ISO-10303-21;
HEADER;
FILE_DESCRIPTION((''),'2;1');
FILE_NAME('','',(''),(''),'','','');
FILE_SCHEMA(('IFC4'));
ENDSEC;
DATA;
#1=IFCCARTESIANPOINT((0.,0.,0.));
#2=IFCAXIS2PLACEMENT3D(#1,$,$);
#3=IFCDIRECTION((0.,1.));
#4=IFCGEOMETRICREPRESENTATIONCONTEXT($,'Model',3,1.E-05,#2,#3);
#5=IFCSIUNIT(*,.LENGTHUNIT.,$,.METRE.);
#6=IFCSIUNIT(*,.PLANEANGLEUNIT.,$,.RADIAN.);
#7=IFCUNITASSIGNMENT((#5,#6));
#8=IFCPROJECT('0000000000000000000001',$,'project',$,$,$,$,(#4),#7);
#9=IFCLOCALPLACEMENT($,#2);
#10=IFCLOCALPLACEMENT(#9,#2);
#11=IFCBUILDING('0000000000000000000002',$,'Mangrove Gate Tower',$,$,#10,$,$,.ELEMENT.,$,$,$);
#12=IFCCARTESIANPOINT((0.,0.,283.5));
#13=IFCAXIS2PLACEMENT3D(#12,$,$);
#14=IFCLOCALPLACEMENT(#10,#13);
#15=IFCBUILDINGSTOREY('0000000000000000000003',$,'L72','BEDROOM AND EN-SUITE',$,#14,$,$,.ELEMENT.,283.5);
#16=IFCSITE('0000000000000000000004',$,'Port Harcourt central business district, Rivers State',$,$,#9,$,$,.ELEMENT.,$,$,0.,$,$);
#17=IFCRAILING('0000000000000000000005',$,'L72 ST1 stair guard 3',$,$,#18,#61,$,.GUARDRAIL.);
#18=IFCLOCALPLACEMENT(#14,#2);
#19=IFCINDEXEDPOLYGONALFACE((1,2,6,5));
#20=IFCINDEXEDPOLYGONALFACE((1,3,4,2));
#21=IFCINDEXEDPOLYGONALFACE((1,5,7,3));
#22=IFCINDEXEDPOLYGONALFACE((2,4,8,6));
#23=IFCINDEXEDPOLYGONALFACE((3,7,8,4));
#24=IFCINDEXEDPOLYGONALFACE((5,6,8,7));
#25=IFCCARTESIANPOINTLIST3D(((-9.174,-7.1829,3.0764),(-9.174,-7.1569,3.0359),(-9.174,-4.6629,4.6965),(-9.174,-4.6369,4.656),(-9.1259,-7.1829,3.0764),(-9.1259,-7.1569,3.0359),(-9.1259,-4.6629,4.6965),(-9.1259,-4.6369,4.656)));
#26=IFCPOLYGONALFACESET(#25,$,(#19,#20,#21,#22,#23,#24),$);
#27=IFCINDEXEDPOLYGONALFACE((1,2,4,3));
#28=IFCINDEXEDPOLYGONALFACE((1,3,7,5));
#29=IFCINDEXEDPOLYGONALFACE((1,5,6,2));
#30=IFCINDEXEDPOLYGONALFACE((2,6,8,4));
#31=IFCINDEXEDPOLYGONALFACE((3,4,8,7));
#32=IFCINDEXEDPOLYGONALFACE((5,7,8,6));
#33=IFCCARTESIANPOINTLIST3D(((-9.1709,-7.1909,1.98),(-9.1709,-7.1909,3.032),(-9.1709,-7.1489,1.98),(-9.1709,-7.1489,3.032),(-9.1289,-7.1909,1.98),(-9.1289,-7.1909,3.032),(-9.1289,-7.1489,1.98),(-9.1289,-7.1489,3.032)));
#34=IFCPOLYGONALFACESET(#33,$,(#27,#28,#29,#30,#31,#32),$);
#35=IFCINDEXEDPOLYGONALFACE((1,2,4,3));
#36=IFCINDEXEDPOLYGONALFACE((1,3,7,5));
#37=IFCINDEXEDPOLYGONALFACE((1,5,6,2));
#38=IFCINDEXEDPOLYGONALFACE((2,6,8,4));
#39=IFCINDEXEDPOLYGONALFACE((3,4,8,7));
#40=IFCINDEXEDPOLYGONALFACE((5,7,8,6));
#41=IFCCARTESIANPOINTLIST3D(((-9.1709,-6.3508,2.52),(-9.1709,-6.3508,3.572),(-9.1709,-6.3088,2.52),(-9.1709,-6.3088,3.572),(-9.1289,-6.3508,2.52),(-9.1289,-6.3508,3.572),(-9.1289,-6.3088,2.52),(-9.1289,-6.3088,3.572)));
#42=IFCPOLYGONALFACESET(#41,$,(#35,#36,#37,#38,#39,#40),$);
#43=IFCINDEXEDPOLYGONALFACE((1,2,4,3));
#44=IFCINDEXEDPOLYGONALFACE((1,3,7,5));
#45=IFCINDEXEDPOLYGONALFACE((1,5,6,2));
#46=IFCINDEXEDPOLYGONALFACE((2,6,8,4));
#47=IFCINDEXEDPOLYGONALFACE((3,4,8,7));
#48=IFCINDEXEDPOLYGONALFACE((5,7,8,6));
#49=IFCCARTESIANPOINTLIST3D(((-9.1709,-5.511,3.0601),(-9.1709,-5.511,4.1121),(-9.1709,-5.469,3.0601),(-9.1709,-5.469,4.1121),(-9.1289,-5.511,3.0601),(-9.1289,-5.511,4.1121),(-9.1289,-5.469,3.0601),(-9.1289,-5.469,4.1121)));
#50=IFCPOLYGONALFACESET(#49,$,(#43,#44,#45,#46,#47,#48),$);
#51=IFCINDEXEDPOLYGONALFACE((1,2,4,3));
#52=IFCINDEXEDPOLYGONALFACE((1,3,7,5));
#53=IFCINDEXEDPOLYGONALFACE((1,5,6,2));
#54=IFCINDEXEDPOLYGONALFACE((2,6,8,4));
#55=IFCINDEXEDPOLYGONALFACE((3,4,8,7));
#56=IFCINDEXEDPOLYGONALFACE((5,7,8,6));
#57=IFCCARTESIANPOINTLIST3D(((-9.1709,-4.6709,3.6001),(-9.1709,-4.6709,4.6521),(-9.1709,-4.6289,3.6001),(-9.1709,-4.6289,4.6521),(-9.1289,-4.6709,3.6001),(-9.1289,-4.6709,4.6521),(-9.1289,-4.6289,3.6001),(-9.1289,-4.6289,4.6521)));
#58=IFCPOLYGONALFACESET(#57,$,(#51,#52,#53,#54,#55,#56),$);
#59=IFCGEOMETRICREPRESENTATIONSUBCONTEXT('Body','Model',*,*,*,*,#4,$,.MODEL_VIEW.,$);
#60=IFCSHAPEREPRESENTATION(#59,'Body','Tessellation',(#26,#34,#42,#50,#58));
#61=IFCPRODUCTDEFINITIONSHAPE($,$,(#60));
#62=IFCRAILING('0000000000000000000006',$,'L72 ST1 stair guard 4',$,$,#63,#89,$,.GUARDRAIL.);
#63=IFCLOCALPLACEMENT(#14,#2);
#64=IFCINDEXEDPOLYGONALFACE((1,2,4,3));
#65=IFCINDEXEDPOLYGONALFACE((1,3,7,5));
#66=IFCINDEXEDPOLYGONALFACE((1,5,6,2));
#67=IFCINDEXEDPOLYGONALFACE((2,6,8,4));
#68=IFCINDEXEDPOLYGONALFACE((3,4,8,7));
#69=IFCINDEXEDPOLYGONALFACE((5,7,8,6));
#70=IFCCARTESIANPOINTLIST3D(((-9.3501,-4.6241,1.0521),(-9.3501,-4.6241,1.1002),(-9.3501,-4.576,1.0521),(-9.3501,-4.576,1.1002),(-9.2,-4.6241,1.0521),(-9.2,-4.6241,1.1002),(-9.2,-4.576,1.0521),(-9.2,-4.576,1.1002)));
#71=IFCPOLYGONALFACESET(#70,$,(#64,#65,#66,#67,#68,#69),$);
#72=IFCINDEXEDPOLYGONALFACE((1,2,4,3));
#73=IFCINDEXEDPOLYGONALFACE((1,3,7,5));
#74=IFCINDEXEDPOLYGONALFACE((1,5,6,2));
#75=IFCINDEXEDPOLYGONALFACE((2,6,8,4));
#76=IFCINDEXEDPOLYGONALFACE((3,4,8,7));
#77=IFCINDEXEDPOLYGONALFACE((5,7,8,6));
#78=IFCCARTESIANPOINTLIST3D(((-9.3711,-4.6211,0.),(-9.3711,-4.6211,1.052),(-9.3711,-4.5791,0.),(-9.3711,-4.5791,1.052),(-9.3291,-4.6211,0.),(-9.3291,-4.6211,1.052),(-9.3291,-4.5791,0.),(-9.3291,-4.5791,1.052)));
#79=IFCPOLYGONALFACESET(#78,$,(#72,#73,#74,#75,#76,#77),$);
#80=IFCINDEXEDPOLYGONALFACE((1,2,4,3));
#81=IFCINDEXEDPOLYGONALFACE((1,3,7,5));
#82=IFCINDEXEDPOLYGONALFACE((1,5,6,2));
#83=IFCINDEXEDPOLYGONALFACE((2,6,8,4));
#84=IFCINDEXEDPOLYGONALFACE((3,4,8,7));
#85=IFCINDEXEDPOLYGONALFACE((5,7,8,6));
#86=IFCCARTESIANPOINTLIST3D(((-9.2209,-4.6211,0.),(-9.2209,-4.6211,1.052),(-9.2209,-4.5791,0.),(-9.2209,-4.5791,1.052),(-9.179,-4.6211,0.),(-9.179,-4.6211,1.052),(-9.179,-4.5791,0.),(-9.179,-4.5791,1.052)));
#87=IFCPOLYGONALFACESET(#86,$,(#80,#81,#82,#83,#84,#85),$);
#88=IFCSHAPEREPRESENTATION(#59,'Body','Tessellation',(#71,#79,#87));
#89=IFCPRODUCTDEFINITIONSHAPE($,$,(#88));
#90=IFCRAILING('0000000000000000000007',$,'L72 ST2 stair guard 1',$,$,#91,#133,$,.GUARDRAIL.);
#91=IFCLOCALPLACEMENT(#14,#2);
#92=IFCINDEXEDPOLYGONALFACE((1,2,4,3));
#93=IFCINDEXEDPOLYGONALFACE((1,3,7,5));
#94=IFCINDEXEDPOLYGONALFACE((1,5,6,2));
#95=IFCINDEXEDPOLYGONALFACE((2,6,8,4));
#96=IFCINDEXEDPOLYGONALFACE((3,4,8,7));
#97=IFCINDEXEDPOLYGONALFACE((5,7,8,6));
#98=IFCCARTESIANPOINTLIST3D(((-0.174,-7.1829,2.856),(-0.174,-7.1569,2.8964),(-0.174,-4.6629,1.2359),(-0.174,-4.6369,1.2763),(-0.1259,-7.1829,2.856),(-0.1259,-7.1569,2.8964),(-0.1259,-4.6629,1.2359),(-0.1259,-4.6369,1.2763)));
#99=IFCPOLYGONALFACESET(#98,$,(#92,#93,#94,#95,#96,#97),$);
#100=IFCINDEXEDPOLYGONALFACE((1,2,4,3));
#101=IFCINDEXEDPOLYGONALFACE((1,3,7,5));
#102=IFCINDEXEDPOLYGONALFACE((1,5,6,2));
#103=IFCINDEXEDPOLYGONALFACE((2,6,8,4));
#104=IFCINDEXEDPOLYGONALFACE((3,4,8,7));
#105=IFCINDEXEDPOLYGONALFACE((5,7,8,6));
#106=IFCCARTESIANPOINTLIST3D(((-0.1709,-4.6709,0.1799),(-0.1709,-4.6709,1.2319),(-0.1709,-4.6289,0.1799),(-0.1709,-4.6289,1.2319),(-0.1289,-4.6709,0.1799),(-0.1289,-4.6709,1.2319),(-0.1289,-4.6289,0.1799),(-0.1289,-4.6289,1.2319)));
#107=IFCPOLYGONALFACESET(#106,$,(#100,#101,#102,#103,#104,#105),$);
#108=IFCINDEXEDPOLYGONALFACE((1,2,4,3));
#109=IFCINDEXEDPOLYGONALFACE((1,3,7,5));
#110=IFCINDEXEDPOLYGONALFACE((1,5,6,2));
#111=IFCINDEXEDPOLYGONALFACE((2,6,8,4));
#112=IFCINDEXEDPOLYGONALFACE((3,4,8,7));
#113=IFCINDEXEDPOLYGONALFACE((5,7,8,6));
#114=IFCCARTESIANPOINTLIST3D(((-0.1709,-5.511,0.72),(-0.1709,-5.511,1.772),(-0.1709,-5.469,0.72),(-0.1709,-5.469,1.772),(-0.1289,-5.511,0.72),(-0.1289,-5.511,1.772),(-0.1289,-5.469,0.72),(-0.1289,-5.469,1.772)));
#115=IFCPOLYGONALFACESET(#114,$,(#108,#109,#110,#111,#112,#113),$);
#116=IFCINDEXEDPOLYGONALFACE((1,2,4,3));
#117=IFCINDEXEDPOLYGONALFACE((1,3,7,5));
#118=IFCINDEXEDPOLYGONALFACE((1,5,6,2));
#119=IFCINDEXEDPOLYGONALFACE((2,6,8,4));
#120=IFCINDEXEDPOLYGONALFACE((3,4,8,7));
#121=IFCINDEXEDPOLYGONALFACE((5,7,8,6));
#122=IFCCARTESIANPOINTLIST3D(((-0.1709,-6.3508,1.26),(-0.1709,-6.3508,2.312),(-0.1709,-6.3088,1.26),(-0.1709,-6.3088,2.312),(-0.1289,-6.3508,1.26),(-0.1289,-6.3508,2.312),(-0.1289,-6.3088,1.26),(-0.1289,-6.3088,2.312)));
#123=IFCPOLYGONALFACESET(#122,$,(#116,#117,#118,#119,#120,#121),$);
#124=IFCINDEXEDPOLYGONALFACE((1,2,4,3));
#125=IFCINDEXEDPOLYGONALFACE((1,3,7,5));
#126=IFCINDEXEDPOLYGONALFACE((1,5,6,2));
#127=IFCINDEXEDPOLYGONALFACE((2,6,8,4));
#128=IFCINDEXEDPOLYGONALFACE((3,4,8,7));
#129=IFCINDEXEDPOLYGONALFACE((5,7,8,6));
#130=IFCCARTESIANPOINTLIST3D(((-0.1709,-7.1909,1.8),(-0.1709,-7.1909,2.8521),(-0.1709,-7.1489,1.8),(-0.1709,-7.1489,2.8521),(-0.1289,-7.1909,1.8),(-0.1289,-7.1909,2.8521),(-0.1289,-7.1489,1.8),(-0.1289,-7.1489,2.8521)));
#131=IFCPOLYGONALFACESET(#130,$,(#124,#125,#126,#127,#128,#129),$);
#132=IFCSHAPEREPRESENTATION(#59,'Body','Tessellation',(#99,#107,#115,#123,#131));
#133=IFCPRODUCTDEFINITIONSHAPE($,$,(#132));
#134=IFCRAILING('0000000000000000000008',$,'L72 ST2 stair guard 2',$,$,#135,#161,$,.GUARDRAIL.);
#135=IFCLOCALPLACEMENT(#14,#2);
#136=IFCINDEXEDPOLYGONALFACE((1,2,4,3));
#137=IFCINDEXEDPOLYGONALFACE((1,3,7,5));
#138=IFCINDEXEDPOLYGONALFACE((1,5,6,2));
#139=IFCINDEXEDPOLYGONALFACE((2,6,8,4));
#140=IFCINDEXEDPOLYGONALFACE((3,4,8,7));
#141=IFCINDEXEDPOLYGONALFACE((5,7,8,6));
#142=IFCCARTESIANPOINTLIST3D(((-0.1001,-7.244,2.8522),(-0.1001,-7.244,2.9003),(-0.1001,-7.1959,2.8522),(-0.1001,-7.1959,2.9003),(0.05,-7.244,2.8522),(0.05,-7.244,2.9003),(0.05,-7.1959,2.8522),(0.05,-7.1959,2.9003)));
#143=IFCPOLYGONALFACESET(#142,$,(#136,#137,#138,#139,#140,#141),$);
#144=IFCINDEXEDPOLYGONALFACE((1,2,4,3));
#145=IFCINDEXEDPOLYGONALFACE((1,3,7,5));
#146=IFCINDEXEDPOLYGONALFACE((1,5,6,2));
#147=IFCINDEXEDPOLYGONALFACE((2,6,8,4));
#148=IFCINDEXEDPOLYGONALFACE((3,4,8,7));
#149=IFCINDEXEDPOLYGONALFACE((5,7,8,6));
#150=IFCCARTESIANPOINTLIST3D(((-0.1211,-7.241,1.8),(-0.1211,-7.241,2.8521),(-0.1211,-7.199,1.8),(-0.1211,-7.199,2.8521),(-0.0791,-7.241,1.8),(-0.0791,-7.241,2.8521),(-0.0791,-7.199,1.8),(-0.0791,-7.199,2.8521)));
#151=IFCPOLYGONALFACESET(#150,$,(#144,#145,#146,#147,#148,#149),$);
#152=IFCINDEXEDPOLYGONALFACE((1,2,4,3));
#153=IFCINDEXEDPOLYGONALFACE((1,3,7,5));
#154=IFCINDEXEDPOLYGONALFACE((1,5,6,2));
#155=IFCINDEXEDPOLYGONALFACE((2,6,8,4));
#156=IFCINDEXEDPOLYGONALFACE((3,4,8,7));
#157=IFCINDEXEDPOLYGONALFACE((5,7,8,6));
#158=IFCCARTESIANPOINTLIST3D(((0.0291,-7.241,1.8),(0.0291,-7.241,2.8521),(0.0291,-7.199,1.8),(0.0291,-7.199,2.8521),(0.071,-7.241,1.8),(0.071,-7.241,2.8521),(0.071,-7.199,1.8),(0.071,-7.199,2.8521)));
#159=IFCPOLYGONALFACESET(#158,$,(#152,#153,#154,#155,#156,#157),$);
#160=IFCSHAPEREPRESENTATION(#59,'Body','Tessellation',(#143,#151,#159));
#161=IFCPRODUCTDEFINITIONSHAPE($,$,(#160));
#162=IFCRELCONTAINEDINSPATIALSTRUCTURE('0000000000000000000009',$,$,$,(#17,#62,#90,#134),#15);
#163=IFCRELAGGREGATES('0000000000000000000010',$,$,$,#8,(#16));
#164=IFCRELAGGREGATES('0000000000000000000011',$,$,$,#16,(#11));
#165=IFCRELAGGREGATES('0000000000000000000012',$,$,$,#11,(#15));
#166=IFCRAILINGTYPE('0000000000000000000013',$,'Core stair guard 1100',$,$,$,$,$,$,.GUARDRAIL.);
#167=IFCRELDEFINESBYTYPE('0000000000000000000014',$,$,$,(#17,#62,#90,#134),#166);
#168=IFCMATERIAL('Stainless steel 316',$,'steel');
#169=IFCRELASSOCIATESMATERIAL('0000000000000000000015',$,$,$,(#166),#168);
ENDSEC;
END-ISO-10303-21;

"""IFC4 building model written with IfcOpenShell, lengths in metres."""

from ifc_helpers import new_model, si_unit, direction, frame, origin, origin_2d, place, context, subcontext, project, spatial, rectangle, extrude, material, type_object, element, save


model = new_model("IFC4")

# Units and contexts
model_context = context("Model", 3, precision=1e-05, world=origin(), true_north=direction((0.0, 1.0)))
body_context = subcontext(model_context, "Body", "Model", "MODEL_VIEW")
ifc_project = project(units=[si_unit("LENGTHUNIT", "METRE"), si_unit("PLANEANGLEUNIT", "RADIAN")], contexts=[model_context])

# Site, building, storey
site_placement = place(None, origin())
site = spatial("IfcSite", under=ifc_project, at=site_placement, Name="Port Harcourt central business district, Rivers State", CompositionType="ELEMENT", RefElevation=0.0)
building_placement = place(site_placement, origin())
building = spatial("IfcBuilding", under=site, at=building_placement, Name="Mangrove Gate Tower", CompositionType="ELEMENT")
storey_placement = place(building_placement, frame((0.0, 0.0, 283.5)))
storey = spatial("IfcBuildingStorey", under=building, at=storey_placement, Name="L72", Description="BEDROOM AND EN-SUITE", CompositionType="ELEMENT", Elevation=283.5)

# Railings
ifc_material_1 = material(Name="Stainless steel 316", Category="steel")
railing_type_1 = type_object("IfcRailingType", Name="Core stair guard 1100", PredefinedType="GUARDRAIL", material=ifc_material_1)
railing_1_placement = place(storey_placement, frame((-9.1499, -7.1699, 1.98)))
element("IfcRailing", 1, at=railing_1_placement, inside=storey, type_object=railing_type_1, Name="L72 ST1 stair guard 3", PredefinedType="GUARDRAIL", context=body_context, shape_type="SweptSolid", body=[
    extrude(rectangle(XDim=0.0481, YDim=0.0481, at=origin_2d()), frame((0.0, 0.0, 1.0762), z_axis=(0.0, 0.841163, 0.540782), x_axis=(-1.0, 0.0, 0.0)), (0.0, 0.0, 1.0), 2.9958),
    extrude(rectangle(XDim=0.042, YDim=0.042, at=origin_2d()), origin(), (0.0, 0.0, 1.0), 1.052),
    extrude(rectangle(XDim=0.042, YDim=0.042, at=origin_2d()), frame((0.0, 0.8401, 0.54)), (0.0, 0.0, 1.0), 1.052),
    extrude(rectangle(XDim=0.042, YDim=0.042, at=origin_2d()), frame((0.0, 1.6799, 1.0801)), (0.0, 0.0, 1.0), 1.052),
    extrude(rectangle(XDim=0.042, YDim=0.042, at=origin_2d()), frame((0.0, 2.52, 1.6201)), (0.0, 0.0, 1.0), 1.052),
])
railing_2_placement = place(storey_placement, frame((-9.3501, -4.6001, 0.0)))
element("IfcRailing", 2, at=railing_2_placement, inside=storey, type_object=railing_type_1, Name="L72 ST1 stair guard 4", PredefinedType="GUARDRAIL", context=body_context, shape_type="SweptSolid", body=[
    extrude(rectangle(XDim=0.0481, YDim=0.0481, at=origin_2d()), frame((0.0, 0.0, 1.0762), z_axis=(1.0, 0.0, 0.0), x_axis=(0.0, 1.0, 0.0)), (0.0, 0.0, 1.0), 0.1501),
    extrude(rectangle(XDim=0.042, YDim=0.042, at=origin_2d()), origin(), (0.0, 0.0, 1.0), 1.052),
    extrude(rectangle(XDim=0.042, YDim=0.042, at=origin_2d()), frame((0.1501, 0.0, 0.0)), (0.0, 0.0, 1.0), 1.052),
])
railing_3_placement = place(storey_placement, frame((-0.1499, -4.6499, 0.1799)))
element("IfcRailing", 3, at=railing_3_placement, inside=storey, type_object=railing_type_1, Name="L72 ST2 stair guard 1", PredefinedType="GUARDRAIL", context=body_context, shape_type="SweptSolid", body=[
    extrude(rectangle(XDim=0.0481, YDim=0.0481, at=origin_2d()), frame((0.0, 0.0, 1.0762), z_axis=(0.0, -0.841163, 0.540782), x_axis=(1.0, 0.0, 0.0)), (0.0, 0.0, 1.0), 2.9958),
    extrude(rectangle(XDim=0.042, YDim=0.042, at=origin_2d()), origin(), (0.0, 0.0, 1.0), 1.052),
    extrude(rectangle(XDim=0.042, YDim=0.042, at=origin_2d()), frame((0.0, -0.8401, 0.54)), (0.0, 0.0, 1.0), 1.052),
    extrude(rectangle(XDim=0.042, YDim=0.042, at=origin_2d()), frame((0.0, -1.6799, 1.0801)), (0.0, 0.0, 1.0), 1.052),
    extrude(rectangle(XDim=0.042, YDim=0.042, at=origin_2d()), frame((0.0, -2.52, 1.6201)), (0.0, 0.0, 1.0), 1.052),
])
railing_4_placement = place(storey_placement, frame((-0.1001, -7.22, 1.8)))
element("IfcRailing", 4, at=railing_4_placement, inside=storey, type_object=railing_type_1, Name="L72 ST2 stair guard 2", PredefinedType="GUARDRAIL", context=body_context, shape_type="SweptSolid", body=[
    extrude(rectangle(XDim=0.0481, YDim=0.0481, at=origin_2d()), frame((0.0, 0.0, 1.0762), z_axis=(1.0, 0.0, 0.0), x_axis=(0.0, 1.0, 0.0)), (0.0, 0.0, 1.0), 0.1501),
    extrude(rectangle(XDim=0.042, YDim=0.042, at=origin_2d()), origin(), (0.0, 0.0, 1.0), 1.052),
    extrude(rectangle(XDim=0.042, YDim=0.042, at=origin_2d()), frame((0.1501, 0.0, 0.0)), (0.0, 0.0, 1.0), 1.052),
])

save(model, "model.ifc")
